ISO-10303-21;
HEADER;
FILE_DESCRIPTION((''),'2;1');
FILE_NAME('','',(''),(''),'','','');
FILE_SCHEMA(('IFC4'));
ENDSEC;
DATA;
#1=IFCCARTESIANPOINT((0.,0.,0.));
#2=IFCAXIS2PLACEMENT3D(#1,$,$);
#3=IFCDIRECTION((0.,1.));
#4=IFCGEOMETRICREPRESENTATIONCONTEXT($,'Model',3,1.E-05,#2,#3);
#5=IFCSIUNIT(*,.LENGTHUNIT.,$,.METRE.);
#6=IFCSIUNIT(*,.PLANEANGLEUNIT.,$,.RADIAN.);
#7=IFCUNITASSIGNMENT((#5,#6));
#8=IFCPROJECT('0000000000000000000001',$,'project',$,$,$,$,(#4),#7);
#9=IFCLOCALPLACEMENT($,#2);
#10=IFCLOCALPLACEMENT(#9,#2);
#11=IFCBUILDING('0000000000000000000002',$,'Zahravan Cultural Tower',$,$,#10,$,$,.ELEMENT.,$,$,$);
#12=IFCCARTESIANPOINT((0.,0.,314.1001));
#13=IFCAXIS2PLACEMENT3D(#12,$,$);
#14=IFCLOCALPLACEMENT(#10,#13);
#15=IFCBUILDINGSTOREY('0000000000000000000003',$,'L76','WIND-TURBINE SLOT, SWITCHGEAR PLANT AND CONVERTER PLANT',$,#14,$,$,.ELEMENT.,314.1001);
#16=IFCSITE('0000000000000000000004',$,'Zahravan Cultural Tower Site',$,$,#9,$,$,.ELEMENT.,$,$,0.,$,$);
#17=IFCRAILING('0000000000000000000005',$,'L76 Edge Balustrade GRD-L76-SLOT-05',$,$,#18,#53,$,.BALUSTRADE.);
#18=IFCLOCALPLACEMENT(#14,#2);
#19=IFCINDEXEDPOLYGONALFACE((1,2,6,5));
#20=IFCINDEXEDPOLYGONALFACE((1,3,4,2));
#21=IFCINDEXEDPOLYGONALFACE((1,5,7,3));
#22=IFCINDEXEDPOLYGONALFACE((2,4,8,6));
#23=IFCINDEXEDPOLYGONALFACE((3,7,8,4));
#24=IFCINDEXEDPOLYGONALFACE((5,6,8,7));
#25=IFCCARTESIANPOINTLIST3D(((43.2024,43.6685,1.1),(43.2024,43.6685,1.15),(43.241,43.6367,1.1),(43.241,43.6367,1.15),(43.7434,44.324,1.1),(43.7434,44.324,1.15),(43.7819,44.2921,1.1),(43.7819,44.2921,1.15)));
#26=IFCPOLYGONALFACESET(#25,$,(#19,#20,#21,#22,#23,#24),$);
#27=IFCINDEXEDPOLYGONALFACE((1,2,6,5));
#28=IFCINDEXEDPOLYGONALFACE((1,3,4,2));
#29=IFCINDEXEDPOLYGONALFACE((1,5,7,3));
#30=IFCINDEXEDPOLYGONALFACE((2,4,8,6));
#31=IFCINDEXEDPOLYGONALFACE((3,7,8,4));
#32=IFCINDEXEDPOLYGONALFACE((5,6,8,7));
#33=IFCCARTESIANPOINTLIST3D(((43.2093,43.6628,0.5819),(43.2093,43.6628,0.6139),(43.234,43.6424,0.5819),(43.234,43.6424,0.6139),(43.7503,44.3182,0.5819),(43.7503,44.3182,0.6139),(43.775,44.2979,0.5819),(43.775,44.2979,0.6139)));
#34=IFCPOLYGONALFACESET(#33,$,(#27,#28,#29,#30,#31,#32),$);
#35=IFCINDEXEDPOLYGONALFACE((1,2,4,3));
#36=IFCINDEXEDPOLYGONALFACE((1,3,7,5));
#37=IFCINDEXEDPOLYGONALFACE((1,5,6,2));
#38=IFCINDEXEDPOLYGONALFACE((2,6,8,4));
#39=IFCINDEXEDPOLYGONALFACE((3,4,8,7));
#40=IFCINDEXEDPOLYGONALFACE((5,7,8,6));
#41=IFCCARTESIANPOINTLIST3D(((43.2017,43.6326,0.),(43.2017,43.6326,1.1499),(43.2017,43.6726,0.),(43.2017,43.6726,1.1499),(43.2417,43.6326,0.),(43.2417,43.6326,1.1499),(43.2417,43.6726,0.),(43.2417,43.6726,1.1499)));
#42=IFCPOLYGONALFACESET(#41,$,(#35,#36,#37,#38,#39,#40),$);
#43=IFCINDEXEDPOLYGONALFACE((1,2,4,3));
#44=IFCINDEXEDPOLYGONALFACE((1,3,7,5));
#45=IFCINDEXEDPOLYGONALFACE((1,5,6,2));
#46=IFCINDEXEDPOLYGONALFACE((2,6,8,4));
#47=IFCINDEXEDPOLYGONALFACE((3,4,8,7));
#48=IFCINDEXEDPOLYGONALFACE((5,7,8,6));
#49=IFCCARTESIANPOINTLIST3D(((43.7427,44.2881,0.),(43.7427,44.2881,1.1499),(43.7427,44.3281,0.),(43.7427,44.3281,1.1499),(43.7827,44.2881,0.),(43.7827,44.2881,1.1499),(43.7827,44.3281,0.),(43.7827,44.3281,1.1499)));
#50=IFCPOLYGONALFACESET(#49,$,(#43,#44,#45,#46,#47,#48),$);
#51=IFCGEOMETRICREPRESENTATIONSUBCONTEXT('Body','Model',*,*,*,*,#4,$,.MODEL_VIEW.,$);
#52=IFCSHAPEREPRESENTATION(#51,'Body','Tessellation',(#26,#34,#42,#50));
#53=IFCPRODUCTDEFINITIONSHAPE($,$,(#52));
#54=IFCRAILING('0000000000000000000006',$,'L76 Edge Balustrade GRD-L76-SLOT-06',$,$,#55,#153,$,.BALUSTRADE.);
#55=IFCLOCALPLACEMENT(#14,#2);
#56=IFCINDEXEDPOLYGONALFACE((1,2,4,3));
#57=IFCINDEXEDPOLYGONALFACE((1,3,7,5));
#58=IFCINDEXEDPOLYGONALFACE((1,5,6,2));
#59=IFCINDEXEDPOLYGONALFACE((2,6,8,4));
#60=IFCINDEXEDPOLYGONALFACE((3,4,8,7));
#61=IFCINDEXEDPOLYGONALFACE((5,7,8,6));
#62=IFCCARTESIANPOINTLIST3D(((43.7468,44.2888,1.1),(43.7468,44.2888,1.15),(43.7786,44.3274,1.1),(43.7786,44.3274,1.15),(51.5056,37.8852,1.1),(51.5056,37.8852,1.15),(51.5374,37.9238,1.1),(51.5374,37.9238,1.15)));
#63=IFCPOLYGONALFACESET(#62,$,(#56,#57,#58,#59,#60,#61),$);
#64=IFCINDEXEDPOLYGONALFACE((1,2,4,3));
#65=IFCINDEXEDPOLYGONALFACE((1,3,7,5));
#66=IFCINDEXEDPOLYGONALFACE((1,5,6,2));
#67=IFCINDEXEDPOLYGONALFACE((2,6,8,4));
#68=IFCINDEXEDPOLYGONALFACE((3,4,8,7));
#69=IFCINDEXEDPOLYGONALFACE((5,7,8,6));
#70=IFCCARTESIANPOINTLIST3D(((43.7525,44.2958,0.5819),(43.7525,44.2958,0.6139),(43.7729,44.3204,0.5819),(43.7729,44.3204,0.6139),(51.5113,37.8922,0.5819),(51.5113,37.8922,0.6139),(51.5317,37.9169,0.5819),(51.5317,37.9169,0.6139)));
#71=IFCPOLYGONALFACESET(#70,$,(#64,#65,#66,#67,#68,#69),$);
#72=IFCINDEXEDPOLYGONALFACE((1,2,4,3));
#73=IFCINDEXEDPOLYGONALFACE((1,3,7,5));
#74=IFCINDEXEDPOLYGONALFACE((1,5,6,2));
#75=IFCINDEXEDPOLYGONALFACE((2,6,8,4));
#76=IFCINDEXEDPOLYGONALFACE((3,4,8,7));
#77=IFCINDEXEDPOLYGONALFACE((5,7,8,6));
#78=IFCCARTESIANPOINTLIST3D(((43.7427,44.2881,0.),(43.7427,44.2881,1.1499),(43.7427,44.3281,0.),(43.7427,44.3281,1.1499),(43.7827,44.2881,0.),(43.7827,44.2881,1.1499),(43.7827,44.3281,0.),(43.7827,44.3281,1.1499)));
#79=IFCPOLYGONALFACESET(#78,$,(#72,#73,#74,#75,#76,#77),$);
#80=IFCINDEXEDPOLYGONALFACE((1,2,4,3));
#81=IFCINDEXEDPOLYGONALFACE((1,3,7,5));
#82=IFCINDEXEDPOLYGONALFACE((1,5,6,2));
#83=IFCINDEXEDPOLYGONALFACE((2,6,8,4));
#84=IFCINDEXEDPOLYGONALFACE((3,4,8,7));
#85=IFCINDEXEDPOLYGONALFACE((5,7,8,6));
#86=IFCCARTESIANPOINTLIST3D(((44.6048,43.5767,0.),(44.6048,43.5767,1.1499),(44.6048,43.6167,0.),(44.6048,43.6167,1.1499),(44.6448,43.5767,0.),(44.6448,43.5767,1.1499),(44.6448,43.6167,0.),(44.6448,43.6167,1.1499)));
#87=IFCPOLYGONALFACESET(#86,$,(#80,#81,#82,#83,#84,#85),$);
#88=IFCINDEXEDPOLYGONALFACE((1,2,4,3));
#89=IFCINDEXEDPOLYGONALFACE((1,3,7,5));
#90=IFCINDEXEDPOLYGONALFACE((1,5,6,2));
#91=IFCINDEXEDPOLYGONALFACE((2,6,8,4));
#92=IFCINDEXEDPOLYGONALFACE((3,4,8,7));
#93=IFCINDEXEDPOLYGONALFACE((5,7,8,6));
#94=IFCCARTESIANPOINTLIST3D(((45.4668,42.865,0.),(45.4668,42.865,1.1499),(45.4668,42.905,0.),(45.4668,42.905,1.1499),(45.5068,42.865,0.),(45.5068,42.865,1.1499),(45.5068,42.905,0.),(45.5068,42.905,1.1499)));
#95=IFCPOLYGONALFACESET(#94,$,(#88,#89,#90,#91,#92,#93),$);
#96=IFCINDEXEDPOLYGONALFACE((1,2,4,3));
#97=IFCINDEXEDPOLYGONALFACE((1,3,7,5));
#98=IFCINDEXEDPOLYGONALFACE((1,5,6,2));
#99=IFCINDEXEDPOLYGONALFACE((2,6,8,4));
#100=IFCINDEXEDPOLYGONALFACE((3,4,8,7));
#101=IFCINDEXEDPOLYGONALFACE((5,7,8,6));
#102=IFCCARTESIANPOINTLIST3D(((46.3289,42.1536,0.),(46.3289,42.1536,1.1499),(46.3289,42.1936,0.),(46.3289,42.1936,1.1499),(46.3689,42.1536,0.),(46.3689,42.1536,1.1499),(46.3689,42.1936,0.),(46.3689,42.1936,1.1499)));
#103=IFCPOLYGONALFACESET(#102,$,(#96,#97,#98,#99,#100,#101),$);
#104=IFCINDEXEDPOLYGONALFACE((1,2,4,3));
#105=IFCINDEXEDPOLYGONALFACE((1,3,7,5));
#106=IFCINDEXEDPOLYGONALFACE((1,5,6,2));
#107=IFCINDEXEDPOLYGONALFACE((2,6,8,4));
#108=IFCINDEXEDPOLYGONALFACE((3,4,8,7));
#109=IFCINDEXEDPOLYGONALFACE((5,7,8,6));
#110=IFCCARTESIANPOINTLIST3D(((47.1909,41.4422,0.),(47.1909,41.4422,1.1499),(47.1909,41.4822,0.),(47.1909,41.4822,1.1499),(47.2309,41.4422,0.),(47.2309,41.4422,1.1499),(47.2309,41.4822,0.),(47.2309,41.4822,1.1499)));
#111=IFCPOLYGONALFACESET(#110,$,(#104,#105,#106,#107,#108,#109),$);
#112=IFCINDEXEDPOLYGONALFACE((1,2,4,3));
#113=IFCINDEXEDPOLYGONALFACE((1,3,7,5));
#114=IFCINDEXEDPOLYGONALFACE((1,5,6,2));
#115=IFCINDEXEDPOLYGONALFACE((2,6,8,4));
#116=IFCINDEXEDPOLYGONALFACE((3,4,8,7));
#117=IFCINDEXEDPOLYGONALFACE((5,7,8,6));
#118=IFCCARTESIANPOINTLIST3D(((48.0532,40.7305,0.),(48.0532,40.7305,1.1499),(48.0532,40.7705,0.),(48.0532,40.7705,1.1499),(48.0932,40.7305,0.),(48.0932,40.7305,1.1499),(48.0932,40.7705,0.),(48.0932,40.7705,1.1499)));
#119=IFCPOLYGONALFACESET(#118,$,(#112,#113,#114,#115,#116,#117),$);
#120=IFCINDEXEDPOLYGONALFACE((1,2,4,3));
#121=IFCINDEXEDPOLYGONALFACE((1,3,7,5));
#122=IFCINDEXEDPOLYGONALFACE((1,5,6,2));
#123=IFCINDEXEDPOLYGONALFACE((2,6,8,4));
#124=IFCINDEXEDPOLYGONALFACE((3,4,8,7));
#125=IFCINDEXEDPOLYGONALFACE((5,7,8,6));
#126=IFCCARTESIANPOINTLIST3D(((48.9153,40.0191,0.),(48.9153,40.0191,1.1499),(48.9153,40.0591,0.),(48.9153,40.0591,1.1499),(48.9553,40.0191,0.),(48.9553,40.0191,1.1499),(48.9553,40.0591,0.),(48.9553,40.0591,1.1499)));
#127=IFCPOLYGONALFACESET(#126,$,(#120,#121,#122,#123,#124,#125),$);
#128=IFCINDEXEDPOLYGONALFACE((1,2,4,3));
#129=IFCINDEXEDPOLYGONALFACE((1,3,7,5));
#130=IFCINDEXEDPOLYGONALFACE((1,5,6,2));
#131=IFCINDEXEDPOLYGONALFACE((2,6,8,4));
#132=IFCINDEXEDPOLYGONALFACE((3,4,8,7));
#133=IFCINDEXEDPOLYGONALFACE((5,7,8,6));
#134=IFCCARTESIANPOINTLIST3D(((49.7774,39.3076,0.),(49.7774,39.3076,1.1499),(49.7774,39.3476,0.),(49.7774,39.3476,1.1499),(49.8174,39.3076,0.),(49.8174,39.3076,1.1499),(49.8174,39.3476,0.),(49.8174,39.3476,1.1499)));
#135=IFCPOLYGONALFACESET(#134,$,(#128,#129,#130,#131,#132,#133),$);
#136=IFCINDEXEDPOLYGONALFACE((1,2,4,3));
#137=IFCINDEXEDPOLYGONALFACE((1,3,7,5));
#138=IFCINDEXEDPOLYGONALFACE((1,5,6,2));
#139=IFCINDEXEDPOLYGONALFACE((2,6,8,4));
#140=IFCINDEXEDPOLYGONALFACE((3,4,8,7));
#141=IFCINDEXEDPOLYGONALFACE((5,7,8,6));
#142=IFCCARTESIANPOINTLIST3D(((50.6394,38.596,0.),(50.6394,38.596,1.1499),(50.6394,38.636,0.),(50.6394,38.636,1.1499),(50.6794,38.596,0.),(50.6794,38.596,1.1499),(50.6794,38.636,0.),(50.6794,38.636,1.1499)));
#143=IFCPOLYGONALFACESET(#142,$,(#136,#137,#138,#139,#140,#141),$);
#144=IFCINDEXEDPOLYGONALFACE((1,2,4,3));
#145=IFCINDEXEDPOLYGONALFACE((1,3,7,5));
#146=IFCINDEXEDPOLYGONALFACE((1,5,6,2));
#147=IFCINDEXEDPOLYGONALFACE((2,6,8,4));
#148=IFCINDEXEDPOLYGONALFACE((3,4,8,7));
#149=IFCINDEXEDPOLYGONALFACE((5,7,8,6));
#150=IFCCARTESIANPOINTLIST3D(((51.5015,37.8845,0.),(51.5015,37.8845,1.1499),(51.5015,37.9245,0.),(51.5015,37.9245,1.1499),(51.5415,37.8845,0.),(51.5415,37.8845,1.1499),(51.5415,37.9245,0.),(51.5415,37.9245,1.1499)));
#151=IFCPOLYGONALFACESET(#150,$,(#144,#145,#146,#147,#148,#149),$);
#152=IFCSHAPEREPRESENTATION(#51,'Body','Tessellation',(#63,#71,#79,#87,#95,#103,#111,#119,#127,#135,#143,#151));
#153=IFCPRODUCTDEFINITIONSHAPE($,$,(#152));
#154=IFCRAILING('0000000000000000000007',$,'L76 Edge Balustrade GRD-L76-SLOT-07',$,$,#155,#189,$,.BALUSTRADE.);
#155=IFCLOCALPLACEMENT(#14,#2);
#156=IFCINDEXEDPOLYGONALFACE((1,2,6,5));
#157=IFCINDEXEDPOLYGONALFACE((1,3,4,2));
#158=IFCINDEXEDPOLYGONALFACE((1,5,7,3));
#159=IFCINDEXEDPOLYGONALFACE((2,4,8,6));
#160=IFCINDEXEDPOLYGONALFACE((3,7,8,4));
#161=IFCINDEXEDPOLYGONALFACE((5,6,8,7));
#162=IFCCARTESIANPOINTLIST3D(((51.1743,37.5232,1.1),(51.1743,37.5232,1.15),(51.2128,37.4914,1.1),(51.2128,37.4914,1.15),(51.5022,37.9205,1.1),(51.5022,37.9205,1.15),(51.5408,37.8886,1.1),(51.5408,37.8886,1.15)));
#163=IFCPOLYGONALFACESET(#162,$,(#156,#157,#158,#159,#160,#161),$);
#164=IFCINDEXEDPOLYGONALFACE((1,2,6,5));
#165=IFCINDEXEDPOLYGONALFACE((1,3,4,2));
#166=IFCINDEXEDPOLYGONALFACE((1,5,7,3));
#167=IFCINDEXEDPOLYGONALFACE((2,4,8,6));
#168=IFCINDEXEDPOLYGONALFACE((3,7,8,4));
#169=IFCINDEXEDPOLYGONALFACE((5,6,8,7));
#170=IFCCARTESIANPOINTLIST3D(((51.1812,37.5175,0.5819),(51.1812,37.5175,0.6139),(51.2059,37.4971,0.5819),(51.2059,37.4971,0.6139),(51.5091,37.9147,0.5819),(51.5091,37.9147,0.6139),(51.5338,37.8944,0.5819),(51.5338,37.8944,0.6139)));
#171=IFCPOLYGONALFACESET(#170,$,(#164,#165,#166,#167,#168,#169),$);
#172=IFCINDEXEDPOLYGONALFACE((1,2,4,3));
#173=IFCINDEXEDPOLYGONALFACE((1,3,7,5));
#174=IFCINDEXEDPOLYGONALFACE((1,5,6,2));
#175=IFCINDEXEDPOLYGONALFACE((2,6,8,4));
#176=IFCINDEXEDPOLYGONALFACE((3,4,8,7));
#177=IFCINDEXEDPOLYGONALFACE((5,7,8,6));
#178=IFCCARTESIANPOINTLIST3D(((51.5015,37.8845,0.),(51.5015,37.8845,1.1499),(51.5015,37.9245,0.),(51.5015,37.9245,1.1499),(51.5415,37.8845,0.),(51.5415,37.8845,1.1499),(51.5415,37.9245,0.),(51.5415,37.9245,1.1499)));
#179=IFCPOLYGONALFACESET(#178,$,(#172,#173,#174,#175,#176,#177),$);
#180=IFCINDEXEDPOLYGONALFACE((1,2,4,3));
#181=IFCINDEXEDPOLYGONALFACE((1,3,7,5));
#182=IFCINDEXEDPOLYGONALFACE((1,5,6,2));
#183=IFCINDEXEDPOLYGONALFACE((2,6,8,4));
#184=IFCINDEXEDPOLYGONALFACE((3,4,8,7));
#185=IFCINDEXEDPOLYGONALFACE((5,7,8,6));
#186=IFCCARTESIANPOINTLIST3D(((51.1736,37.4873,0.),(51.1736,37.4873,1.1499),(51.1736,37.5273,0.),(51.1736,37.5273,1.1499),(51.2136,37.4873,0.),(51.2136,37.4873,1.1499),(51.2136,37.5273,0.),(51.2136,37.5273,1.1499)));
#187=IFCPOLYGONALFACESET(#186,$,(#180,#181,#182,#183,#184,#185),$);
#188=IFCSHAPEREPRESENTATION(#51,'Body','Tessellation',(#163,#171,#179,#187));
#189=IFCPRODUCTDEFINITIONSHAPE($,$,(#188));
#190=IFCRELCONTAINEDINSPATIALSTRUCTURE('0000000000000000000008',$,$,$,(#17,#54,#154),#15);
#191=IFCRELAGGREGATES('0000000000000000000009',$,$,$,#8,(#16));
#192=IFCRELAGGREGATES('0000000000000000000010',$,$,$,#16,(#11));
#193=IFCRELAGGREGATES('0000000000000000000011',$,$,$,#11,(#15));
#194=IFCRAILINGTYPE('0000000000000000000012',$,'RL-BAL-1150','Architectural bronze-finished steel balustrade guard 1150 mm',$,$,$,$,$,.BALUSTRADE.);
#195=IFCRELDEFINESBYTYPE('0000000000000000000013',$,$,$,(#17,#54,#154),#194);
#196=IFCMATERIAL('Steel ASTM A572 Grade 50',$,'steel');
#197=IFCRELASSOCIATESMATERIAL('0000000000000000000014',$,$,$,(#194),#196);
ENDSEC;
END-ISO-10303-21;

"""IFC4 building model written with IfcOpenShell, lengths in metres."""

from ifc_helpers import new_model, si_unit, direction, frame, origin, origin_2d, place, context, subcontext, project, spatial, rectangle, extrude, material, type_object, element, save


model = new_model("IFC4")

# Units and contexts
model_context = context("Model", 3, precision=1e-05, world=origin(), true_north=direction((0.0, 1.0)))
body_context = subcontext(model_context, "Body", "Model", "MODEL_VIEW")
ifc_project = project(units=[si_unit("LENGTHUNIT", "METRE"), si_unit("PLANEANGLEUNIT", "RADIAN")], contexts=[model_context])

# Site, building, storey
site_placement = place(None, origin())
site = spatial("IfcSite", under=ifc_project, at=site_placement, Name="Zahravan Cultural Tower Site", CompositionType="ELEMENT", RefElevation=0.0)
building_placement = place(site_placement, origin())
building = spatial("IfcBuilding", under=site, at=building_placement, Name="Zahravan Cultural Tower", CompositionType="ELEMENT")
storey_placement = place(building_placement, frame((0.0, 0.0, 314.1001)))
storey = spatial("IfcBuildingStorey", under=building, at=storey_placement, Name="L76", Description="WIND-TURBINE SLOT, SWITCHGEAR PLANT AND CONVERTER PLANT", CompositionType="ELEMENT", Elevation=314.1001)

# Shared definitions
ifc_material_1 = material(Name="Steel ASTM A572 Grade 50", Category="steel")

# Railings
railing_type_1 = type_object("IfcRailingType", Name="RL-BAL-1150", Description="Architectural bronze-finished steel balustrade guard 1150 mm", PredefinedType="BALUSTRADE", material=ifc_material_1)
railing_1_placement = place(storey_placement, frame((43.2217, 43.6526, 0.0)))
element("IfcRailing", 1, at=railing_1_placement, inside=storey, type_object=railing_type_1, Name="L76 Edge Balustrade GRD-L76-SLOT-05", PredefinedType="BALUSTRADE", context=body_context, shape_type="SweptSolid", body=[
    extrude(rectangle(XDim=0.05, YDim=0.05, at=origin_2d()), frame((0.0, 0.0, 1.125), z_axis=(0.636532, 0.77125, 0.0), x_axis=(-0.77125, 0.636532, 0.0)), (0.0, 0.0, 1.0), 0.8499),
    extrude(rectangle(XDim=0.032, YDim=0.032, at=origin_2d()), frame((0.0, 0.0, 0.5979), z_axis=(0.636532, 0.77125, 0.0), x_axis=(-0.77125, 0.636532, 0.0)), (0.0, 0.0, 1.0), 0.8499),
    extrude(rectangle(XDim=0.04, YDim=0.04, at=origin_2d()), origin(), (0.0, 0.0, 1.0), 1.1499),
    extrude(rectangle(XDim=0.04, YDim=0.04, at=origin_2d()), frame((0.541, 0.6555, 0.0)), (0.0, 0.0, 1.0), 1.1499),
])
railing_2_placement = place(storey_placement, frame((43.7627, 44.3081, 0.0)))
element("IfcRailing", 2, at=railing_2_placement, inside=storey, type_object=railing_type_1, Name="L76 Edge Balustrade GRD-L76-SLOT-06", PredefinedType="BALUSTRADE", context=body_context, shape_type="SweptSolid", body=[
    extrude(rectangle(XDim=0.05, YDim=0.05, at=origin_2d()), frame((0.0, 0.0, 1.125), z_axis=(0.771248, -0.636535, 0.0), x_axis=(0.636535, 0.771248, 0.0)), (0.0, 0.0, 1.0), 10.0601),
    extrude(rectangle(XDim=0.032, YDim=0.032, at=origin_2d()), frame((0.0, 0.0, 0.5979), z_axis=(0.771248, -0.636535, 0.0), x_axis=(0.636535, 0.771248, 0.0)), (0.0, 0.0, 1.0), 10.0601),
    extrude(rectangle(XDim=0.04, YDim=0.04, at=origin_2d()), origin(), (0.0, 0.0, 1.0), 1.1499),
    extrude(rectangle(XDim=0.04, YDim=0.04, at=origin_2d()), frame((0.8621, -0.7114, 0.0)), (0.0, 0.0, 1.0), 1.1499),
    extrude(rectangle(XDim=0.04, YDim=0.04, at=origin_2d()), frame((1.7241, -1.4231, 0.0)), (0.0, 0.0, 1.0), 1.1499),
    extrude(rectangle(XDim=0.04, YDim=0.04, at=origin_2d()), frame((2.5862, -2.1345, 0.0)), (0.0, 0.0, 1.0), 1.1499),
    extrude(rectangle(XDim=0.04, YDim=0.04, at=origin_2d()), frame((3.4482, -2.8459, 0.0)), (0.0, 0.0, 1.0), 1.1499),
    extrude(rectangle(XDim=0.04, YDim=0.04, at=origin_2d()), frame((4.3105, -3.5576, 0.0)), (0.0, 0.0, 1.0), 1.1499),
    extrude(rectangle(XDim=0.04, YDim=0.04, at=origin_2d()), frame((5.1726, -4.269, 0.0)), (0.0, 0.0, 1.0), 1.1499),
    extrude(rectangle(XDim=0.04, YDim=0.04, at=origin_2d()), frame((6.0347, -4.9805, 0.0)), (0.0, 0.0, 1.0), 1.1499),
    extrude(rectangle(XDim=0.04, YDim=0.04, at=origin_2d()), frame((6.8967, -5.6921, 0.0)), (0.0, 0.0, 1.0), 1.1499),
    extrude(rectangle(XDim=0.04, YDim=0.04, at=origin_2d()), frame((7.7588, -6.4036, 0.0)), (0.0, 0.0, 1.0), 1.1499),
])
railing_3_placement = place(storey_placement, frame((51.5215, 37.9045, 0.0)))
element("IfcRailing", 3, at=railing_3_placement, inside=storey, type_object=railing_type_1, Name="L76 Edge Balustrade GRD-L76-SLOT-07", PredefinedType="BALUSTRADE", context=body_context, shape_type="SweptSolid", body=[
    extrude(rectangle(XDim=0.05, YDim=0.05, at=origin_2d()), frame((0.0, 0.0, 1.125), z_axis=(-0.636587, -0.771205, 0.0), x_axis=(0.771205, -0.636587, 0.0)), (0.0, 0.0, 1.0), 0.5151),
    extrude(rectangle(XDim=0.032, YDim=0.032, at=origin_2d()), frame((0.0, 0.0, 0.5979), z_axis=(-0.636587, -0.771205, 0.0), x_axis=(0.771205, -0.636587, 0.0)), (0.0, 0.0, 1.0), 0.5151),
    extrude(rectangle(XDim=0.04, YDim=0.04, at=origin_2d()), origin(), (0.0, 0.0, 1.0), 1.1499),
    extrude(rectangle(XDim=0.04, YDim=0.04, at=origin_2d()), frame((-0.3279, -0.3972, 0.0)), (0.0, 0.0, 1.0), 1.1499),
])

save(model, "model.ifc")
